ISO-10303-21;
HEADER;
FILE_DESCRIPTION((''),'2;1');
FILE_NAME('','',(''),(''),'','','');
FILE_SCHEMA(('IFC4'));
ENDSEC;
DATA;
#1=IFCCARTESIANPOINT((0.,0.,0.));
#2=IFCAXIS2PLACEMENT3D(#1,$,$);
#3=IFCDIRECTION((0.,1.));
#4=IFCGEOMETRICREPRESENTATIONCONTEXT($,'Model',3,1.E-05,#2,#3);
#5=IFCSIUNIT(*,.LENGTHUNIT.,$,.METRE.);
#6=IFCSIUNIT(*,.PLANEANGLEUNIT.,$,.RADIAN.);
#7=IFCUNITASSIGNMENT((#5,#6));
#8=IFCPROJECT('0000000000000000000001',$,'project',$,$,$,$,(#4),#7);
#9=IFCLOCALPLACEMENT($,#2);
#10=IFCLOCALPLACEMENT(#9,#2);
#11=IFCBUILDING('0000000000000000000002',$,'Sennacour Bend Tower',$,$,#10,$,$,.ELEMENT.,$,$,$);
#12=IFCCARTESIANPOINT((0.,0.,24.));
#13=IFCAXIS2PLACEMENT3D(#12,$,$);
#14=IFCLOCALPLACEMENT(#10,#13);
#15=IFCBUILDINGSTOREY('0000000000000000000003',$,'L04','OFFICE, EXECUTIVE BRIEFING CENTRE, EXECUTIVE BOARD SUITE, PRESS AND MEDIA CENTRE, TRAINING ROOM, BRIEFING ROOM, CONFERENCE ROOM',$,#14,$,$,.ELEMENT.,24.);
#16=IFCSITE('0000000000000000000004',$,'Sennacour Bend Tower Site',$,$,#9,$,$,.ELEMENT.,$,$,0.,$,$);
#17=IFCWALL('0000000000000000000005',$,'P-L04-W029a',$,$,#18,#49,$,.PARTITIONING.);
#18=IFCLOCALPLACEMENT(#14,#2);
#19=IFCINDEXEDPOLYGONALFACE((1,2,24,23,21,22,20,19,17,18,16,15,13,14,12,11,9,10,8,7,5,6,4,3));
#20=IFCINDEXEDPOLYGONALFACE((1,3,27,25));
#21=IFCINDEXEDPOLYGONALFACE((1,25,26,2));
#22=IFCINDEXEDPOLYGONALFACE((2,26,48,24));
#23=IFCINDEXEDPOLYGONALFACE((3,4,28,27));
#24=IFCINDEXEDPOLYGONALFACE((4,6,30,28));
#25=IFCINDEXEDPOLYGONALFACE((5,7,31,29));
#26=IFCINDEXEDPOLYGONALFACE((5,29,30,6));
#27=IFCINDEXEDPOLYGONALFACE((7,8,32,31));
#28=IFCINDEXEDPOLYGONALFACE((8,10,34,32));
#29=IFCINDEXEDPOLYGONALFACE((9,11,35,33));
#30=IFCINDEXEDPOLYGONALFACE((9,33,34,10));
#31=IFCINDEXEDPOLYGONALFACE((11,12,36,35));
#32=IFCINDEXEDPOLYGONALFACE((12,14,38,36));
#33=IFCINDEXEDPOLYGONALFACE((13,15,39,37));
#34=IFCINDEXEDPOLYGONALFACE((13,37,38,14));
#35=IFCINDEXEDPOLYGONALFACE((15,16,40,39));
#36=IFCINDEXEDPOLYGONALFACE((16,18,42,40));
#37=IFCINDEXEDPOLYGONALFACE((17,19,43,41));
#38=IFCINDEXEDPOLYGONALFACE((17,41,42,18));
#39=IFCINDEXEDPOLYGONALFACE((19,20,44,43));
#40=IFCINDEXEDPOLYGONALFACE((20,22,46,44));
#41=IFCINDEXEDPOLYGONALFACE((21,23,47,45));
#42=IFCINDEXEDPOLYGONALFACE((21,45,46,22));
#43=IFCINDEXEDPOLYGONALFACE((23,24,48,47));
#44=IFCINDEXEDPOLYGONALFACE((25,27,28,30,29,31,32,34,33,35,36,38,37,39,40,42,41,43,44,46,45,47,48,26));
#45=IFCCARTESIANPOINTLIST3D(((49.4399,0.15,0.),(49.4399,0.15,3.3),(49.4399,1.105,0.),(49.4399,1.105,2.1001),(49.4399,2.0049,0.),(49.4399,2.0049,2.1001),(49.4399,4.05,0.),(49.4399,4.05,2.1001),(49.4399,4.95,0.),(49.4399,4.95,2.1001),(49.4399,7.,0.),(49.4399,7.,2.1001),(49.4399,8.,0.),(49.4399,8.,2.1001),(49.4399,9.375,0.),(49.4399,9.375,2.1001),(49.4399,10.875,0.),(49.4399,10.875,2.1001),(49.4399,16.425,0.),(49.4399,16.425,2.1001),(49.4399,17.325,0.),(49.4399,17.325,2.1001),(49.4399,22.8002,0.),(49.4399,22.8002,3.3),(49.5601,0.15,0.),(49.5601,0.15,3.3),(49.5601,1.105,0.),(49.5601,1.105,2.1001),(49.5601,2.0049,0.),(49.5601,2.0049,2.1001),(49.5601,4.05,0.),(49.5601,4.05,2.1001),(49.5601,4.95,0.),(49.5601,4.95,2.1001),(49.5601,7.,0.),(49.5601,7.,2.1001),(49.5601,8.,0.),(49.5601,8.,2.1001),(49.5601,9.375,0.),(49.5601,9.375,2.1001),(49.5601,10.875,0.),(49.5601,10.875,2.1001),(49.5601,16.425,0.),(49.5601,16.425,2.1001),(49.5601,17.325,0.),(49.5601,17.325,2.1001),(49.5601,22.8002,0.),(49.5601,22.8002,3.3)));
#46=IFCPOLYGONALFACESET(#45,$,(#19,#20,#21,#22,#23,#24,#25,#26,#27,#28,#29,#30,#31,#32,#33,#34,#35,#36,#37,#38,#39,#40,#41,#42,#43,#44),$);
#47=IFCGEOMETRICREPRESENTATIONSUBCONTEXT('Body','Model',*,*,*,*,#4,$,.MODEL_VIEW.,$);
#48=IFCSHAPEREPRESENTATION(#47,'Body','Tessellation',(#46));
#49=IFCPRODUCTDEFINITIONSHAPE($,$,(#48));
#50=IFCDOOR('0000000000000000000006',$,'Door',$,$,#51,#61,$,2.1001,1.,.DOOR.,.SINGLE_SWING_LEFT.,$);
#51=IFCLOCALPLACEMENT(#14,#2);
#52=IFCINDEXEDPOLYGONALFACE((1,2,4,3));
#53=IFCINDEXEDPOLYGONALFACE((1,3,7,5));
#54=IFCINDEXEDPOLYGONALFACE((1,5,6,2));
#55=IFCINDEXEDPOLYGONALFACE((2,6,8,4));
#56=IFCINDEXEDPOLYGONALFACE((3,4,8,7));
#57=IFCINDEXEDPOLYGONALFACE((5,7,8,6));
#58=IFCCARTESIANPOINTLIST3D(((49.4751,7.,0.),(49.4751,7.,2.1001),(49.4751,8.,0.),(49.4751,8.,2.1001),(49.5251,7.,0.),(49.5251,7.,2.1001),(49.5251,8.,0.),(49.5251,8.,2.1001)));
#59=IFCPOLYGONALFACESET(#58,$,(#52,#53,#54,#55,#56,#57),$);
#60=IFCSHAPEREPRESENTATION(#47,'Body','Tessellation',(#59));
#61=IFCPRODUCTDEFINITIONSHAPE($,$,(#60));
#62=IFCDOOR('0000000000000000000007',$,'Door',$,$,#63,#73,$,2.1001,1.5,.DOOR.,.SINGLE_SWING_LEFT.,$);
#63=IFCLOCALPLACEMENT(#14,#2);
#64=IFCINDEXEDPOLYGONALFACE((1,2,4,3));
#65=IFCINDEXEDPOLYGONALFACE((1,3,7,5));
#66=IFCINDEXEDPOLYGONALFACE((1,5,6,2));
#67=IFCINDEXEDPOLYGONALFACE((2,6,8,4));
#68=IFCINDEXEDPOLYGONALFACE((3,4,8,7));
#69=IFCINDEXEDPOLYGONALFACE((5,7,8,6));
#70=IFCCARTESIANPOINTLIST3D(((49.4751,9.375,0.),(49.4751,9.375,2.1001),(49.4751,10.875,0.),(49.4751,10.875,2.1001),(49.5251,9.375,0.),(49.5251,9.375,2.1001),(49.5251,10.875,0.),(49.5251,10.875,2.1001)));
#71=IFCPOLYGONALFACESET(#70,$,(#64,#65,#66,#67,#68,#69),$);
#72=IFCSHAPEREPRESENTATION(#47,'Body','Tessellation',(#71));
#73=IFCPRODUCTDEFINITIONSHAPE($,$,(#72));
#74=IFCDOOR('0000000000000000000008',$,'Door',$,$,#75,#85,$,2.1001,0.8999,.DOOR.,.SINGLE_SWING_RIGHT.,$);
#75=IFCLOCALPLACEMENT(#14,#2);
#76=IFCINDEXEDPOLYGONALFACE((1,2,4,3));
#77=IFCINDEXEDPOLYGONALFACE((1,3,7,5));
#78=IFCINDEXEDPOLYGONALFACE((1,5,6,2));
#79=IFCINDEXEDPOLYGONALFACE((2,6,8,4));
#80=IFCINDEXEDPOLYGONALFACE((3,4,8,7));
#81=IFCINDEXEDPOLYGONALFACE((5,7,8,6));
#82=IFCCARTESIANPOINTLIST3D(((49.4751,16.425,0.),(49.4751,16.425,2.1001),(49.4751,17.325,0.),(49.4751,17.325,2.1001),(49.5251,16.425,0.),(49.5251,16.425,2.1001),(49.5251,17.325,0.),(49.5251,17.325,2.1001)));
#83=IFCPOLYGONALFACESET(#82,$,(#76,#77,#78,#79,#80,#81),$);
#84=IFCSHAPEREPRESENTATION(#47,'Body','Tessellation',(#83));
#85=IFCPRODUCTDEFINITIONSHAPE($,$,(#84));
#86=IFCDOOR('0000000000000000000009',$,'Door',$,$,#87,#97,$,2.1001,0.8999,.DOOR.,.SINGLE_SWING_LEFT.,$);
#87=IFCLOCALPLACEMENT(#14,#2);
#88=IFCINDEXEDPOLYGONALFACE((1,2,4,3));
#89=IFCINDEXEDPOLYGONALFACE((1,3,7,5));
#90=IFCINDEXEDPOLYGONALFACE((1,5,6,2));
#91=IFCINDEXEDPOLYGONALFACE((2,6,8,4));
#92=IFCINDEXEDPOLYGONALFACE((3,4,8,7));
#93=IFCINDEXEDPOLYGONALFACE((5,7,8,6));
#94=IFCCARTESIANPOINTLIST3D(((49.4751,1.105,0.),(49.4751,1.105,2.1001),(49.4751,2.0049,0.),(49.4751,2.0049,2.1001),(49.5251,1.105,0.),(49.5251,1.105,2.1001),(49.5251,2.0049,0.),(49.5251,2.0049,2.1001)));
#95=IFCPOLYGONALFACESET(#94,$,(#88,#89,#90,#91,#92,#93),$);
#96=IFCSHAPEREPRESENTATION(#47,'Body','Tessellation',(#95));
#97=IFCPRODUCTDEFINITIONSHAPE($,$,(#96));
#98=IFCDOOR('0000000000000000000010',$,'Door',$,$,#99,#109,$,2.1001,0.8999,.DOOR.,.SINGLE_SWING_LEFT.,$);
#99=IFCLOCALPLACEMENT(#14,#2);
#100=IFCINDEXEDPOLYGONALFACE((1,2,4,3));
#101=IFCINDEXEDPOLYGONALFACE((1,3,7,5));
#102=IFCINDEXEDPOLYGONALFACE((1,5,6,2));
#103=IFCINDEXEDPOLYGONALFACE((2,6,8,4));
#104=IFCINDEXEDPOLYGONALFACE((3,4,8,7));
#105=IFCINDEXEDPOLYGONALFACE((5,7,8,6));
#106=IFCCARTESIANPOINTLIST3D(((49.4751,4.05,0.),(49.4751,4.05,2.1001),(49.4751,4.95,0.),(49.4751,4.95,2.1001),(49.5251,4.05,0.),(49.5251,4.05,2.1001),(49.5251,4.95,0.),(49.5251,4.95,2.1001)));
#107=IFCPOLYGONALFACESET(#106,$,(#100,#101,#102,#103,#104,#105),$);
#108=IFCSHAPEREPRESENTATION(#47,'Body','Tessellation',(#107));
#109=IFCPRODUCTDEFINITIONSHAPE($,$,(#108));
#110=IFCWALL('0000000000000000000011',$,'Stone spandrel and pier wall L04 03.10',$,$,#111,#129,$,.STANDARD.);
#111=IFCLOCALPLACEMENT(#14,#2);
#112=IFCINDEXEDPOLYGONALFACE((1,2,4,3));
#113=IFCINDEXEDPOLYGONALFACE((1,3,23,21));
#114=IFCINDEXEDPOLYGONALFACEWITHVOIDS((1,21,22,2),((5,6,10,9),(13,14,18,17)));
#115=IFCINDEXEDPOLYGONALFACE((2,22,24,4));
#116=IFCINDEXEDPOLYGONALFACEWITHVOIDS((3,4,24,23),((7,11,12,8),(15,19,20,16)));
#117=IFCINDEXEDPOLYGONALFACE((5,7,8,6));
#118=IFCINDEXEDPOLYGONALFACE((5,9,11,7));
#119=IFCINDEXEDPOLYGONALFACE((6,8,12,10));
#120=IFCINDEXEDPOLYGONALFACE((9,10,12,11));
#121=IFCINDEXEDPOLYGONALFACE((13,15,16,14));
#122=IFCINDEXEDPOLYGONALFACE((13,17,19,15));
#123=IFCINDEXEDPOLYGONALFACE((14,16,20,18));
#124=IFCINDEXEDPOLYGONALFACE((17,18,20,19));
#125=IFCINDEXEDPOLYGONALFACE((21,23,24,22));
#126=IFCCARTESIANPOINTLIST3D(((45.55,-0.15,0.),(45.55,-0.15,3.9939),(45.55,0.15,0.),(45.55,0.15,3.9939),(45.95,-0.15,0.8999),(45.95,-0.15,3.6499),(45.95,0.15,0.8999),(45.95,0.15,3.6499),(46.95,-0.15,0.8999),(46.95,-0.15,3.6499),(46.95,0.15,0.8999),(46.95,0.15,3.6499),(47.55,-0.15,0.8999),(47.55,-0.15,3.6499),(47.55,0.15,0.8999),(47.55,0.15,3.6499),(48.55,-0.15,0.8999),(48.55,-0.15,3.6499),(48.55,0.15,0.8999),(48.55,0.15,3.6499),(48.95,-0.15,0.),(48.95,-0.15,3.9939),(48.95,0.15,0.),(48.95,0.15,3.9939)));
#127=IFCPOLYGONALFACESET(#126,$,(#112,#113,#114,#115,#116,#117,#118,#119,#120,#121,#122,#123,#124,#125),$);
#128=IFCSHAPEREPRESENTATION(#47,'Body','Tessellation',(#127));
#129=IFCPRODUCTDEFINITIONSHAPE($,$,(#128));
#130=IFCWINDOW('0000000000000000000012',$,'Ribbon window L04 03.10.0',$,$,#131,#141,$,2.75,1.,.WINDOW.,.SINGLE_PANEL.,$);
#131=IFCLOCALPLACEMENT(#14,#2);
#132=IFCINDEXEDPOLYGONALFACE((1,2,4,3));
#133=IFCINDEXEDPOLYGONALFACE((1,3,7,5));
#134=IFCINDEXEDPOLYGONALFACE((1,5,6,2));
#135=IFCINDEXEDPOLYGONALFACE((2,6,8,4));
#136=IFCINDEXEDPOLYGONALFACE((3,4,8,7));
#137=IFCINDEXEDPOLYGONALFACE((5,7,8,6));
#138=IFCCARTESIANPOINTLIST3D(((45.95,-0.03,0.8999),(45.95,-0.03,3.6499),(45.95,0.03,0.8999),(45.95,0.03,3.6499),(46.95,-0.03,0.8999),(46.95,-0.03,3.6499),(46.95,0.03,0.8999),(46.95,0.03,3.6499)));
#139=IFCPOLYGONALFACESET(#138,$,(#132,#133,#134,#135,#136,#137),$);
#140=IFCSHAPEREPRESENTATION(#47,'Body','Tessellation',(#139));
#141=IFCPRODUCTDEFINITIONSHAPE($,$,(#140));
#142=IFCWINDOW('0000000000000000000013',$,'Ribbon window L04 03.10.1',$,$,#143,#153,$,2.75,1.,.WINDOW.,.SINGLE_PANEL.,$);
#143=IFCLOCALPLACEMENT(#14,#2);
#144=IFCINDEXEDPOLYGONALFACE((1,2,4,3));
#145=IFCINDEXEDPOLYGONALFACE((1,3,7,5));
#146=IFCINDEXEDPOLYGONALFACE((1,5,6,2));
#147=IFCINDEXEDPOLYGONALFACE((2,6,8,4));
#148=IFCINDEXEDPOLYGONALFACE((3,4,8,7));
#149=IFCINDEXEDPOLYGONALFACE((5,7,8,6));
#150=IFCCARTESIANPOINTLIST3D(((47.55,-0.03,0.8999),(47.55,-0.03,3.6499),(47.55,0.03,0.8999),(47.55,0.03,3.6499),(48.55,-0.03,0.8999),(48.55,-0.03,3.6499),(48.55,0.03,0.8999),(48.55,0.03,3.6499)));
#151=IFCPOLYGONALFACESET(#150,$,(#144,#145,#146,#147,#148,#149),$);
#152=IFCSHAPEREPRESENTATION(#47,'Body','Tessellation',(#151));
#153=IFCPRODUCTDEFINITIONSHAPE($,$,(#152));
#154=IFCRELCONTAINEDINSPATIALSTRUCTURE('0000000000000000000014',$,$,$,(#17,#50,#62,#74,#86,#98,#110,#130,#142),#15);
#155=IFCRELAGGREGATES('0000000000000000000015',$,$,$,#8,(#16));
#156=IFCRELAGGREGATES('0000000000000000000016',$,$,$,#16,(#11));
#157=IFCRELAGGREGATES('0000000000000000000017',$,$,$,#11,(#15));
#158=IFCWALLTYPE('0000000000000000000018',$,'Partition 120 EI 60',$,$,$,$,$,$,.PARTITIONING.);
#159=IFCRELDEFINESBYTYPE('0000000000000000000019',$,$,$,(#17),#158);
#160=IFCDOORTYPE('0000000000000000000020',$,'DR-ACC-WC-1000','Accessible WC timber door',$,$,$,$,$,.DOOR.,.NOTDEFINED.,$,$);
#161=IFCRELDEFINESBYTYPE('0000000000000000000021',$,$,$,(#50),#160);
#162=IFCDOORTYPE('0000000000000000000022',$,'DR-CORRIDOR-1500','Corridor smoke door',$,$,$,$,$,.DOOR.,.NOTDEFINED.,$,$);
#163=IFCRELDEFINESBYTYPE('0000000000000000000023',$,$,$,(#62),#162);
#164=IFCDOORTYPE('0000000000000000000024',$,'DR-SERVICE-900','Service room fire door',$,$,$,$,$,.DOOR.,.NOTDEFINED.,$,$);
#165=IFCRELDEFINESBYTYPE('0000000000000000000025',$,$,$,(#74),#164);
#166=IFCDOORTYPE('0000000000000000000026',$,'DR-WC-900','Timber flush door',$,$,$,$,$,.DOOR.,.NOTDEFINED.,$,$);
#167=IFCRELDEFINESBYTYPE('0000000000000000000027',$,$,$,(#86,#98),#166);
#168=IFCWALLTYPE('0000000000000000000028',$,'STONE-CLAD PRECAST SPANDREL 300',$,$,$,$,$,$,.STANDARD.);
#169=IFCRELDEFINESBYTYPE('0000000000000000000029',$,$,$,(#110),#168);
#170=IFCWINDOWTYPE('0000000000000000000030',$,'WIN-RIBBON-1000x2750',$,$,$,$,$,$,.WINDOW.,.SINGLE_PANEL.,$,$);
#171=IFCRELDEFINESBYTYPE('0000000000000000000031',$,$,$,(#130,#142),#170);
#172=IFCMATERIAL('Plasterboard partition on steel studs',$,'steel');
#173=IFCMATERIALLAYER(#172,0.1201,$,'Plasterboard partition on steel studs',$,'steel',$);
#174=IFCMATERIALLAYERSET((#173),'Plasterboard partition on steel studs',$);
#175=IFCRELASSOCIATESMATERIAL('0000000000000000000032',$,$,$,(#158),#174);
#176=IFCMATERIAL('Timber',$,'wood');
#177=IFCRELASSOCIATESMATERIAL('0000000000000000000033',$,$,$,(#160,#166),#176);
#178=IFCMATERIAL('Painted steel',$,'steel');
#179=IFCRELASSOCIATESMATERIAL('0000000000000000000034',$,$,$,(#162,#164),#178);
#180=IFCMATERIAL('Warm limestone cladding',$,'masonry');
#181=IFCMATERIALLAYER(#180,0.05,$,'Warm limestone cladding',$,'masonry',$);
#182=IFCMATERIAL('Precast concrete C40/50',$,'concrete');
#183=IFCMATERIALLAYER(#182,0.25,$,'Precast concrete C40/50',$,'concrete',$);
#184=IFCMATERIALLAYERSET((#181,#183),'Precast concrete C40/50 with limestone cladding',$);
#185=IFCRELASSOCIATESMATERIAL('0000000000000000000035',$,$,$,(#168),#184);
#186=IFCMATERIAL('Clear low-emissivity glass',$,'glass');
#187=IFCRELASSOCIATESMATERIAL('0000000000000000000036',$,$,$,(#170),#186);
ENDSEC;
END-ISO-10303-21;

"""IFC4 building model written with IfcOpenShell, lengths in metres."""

from ifc_helpers import new_model, si_unit, direction, frame, frame_2d, origin, place, context, subcontext, project, spatial, rectangle, extrude, material, layer, layer_set, type_object, element, fill, save


model = new_model("IFC4")

# Units and contexts
model_context = context("Model", 3, precision=1e-05, world=origin(), true_north=direction((0.0, 1.0)))
body_context = subcontext(model_context, "Body", "Model", "MODEL_VIEW")
ifc_project = project(units=[si_unit("LENGTHUNIT", "METRE"), si_unit("PLANEANGLEUNIT", "RADIAN")], contexts=[model_context])

# Site, building, storey
site_placement = place(None, origin())
site = spatial("IfcSite", under=ifc_project, at=site_placement, Name="Sennacour Bend Tower Site", CompositionType="ELEMENT", RefElevation=0.0)
building_placement = place(site_placement, origin())
building = spatial("IfcBuilding", under=site, at=building_placement, Name="Sennacour Bend Tower", CompositionType="ELEMENT")
storey_placement = place(building_placement, frame((0.0, 0.0, 24.0)))
storey = spatial("IfcBuildingStorey", under=building, at=storey_placement, Name="L04", Description="OFFICE, EXECUTIVE BRIEFING CENTRE, EXECUTIVE BOARD SUITE, PRESS AND MEDIA CENTRE, TRAINING ROOM, BRIEFING ROOM, CONFERENCE ROOM", CompositionType="ELEMENT", Elevation=24.0)

# Wall, openings, doors
ifc_material_1 = material(Name="Painted steel", Category="steel")
ifc_material_2 = material(Name="Plasterboard partition on steel studs", Category="steel")
ifc_layer_1 = layer(ifc_material_2, 0.1201, Name="Plasterboard partition on steel studs", Category="steel")
ifc_layer_set_1 = layer_set([ifc_layer_1], Name="Plasterboard partition on steel studs")
wall_type_1 = type_object("IfcWallType", Name="Partition 120 EI 60", PredefinedType="PARTITIONING", material=ifc_layer_set_1)
wall_1_placement = place(storey_placement, frame((49.5, 0.1499, 0.0), z_axis=(0.0, 0.0, 1.0), x_axis=(0.0, 1.0, 0.0)))
wall_1 = element("IfcWall", 1, at=wall_1_placement, inside=storey, type_object=wall_type_1, Name="P-L04-W029a", PredefinedType="PARTITIONING", context=body_context, shape_type="SweptSolid", body=[
    extrude(rectangle(XDim=22.6501, YDim=0.1201, at=frame_2d((11.3252, 0.0))), origin(), (0.0, 0.0, 1.0), 3.3),
])
opening_1_placement = place(wall_1_placement, frame((0.9551, 0.0, 0.0)))
opening_1 = element("IfcOpeningElement", 2, at=opening_1_placement, cuts=wall_1, PredefinedType="OPENING", context=body_context, shape_type="SweptSolid", body=[
    extrude(rectangle(XDim=0.8999, YDim=2.1001, at=frame_2d((0.45, 1.05))), frame((0.0, 0.0701, 0.0), z_axis=(0.0, -1.0, 0.0), x_axis=(1.0, 0.0, 0.0)), (0.0, 0.0, 1.0), 0.1401),
])
opening_2_placement = place(wall_1_placement, frame((3.9001, 0.0, 0.0)))
opening_2 = element("IfcOpeningElement", 3, at=opening_2_placement, cuts=wall_1, PredefinedType="OPENING", context=body_context, shape_type="SweptSolid", body=[
    extrude(rectangle(XDim=0.8999, YDim=2.1001, at=frame_2d((0.45, 1.05))), frame((0.0, 0.0701, 0.0), z_axis=(0.0, -1.0, 0.0), x_axis=(1.0, 0.0, 0.0)), (0.0, 0.0, 1.0), 0.1401),
])
opening_3_placement = place(wall_1_placement, frame((6.8501, 0.0, 0.0)))
opening_3 = element("IfcOpeningElement", 4, at=opening_3_placement, cuts=wall_1, PredefinedType="OPENING", context=body_context, shape_type="SweptSolid", body=[
    extrude(rectangle(XDim=1.0, YDim=2.1001, at=frame_2d((0.5, 1.05))), frame((0.0, 0.0701, 0.0), z_axis=(0.0, -1.0, 0.0), x_axis=(1.0, 0.0, 0.0)), (0.0, 0.0, 1.0), 0.1401),
])
opening_4_placement = place(wall_1_placement, frame((16.2751, 0.0, 0.0)))
opening_4 = element("IfcOpeningElement", 5, at=opening_4_placement, cuts=wall_1, PredefinedType="OPENING", context=body_context, shape_type="SweptSolid", body=[
    extrude(rectangle(XDim=0.8999, YDim=2.1001, at=frame_2d((0.45, 1.05))), frame((0.0, 0.0701, 0.0), z_axis=(0.0, -1.0, 0.0), x_axis=(1.0, 0.0, 0.0)), (0.0, 0.0, 1.0), 0.1401),
])
opening_5_placement = place(wall_1_placement, frame((9.2251, 0.0, 0.0)))
opening_5 = element("IfcOpeningElement", 6, at=opening_5_placement, cuts=wall_1, PredefinedType="OPENING", context=body_context, shape_type="SweptSolid", body=[
    extrude(rectangle(XDim=1.5, YDim=2.1001, at=frame_2d((0.75, 1.05))), frame((0.0, 0.0701, 0.0), z_axis=(0.0, -1.0, 0.0), x_axis=(1.0, 0.0, 0.0)), (0.0, 0.0, 1.0), 0.1401),
])
ifc_material_3 = material(Name="Timber", Category="wood")
door_type_1 = type_object("IfcDoorType", Name="DR-ACC-WC-1000", Description="Accessible WC timber door", OperationType="NOTDEFINED", PredefinedType="DOOR", material=ifc_material_3)
door_1_placement = place(opening_3_placement, origin())
door_1 = element("IfcDoor", 7, at=door_1_placement, inside=storey, type_object=door_type_1, Name="Door", OperationType="SINGLE_SWING_LEFT", OverallHeight=2.1001, OverallWidth=1.0, PredefinedType="DOOR", context=body_context, shape_type="SweptSolid", body=[
    extrude(rectangle(XDim=1.0, YDim=2.1001, at=frame_2d((0.5, 1.05))), frame((0.0, 0.0249, 0.0), z_axis=(0.0, -1.0, 0.0), x_axis=(1.0, 0.0, 0.0)), (0.0, 0.0, 1.0), 0.05),
])
fill(opening_3, door_1)
door_type_2 = type_object("IfcDoorType", Name="DR-CORRIDOR-1500", Description="Corridor smoke door", OperationType="NOTDEFINED", PredefinedType="DOOR", material=ifc_material_1)
door_2_placement = place(opening_5_placement, origin())
door_2 = element("IfcDoor", 8, at=door_2_placement, inside=storey, type_object=door_type_2, Name="Door", OperationType="SINGLE_SWING_LEFT", OverallHeight=2.1001, OverallWidth=1.5, PredefinedType="DOOR", context=body_context, shape_type="SweptSolid", body=[
    extrude(rectangle(XDim=1.5, YDim=2.1001, at=frame_2d((0.75, 1.05))), frame((0.0, 0.0249, 0.0), z_axis=(0.0, -1.0, 0.0), x_axis=(1.0, 0.0, 0.0)), (0.0, 0.0, 1.0), 0.05),
])
fill(opening_5, door_2)
door_type_3 = type_object("IfcDoorType", Name="DR-SERVICE-900", Description="Service room fire door", OperationType="NOTDEFINED", PredefinedType="DOOR", material=ifc_material_1)
door_3_placement = place(opening_4_placement, origin())
door_3 = element("IfcDoor", 9, at=door_3_placement, inside=storey, type_object=door_type_3, Name="Door", OperationType="SINGLE_SWING_RIGHT", OverallHeight=2.1001, OverallWidth=0.8999, PredefinedType="DOOR", context=body_context, shape_type="SweptSolid", body=[
    extrude(rectangle(XDim=0.8999, YDim=2.1001, at=frame_2d((0.45, 1.05))), frame((0.0, 0.0249, 0.0), z_axis=(0.0, -1.0, 0.0), x_axis=(1.0, 0.0, 0.0)), (0.0, 0.0, 1.0), 0.05),
])
fill(opening_4, door_3)
door_type_4 = type_object("IfcDoorType", Name="DR-WC-900", Description="Timber flush door", OperationType="NOTDEFINED", PredefinedType="DOOR", material=ifc_material_3)
door_4_placement = place(opening_1_placement, origin())
door_4 = element("IfcDoor", 10, at=door_4_placement, inside=storey, type_object=door_type_4, Name="Door", OperationType="SINGLE_SWING_LEFT", OverallHeight=2.1001, OverallWidth=0.8999, PredefinedType="DOOR", context=body_context, shape_type="SweptSolid", body=[
    extrude(rectangle(XDim=0.8999, YDim=2.1001, at=frame_2d((0.45, 1.05))), frame((0.0, 0.0249, 0.0), z_axis=(0.0, -1.0, 0.0), x_axis=(1.0, 0.0, 0.0)), (0.0, 0.0, 1.0), 0.05),
])
fill(opening_1, door_4)
door_5_placement = place(opening_2_placement, origin())
door_5 = element("IfcDoor", 11, at=door_5_placement, inside=storey, type_object=door_type_4, Name="Door", OperationType="SINGLE_SWING_LEFT", OverallHeight=2.1001, OverallWidth=0.8999, PredefinedType="DOOR", context=body_context, shape_type="SweptSolid", body=[
    extrude(rectangle(XDim=0.8999, YDim=2.1001, at=frame_2d((0.45, 1.05))), frame((0.0, 0.0249, 0.0), z_axis=(0.0, -1.0, 0.0), x_axis=(1.0, 0.0, 0.0)), (0.0, 0.0, 1.0), 0.05),
])
fill(opening_2, door_5)

# Wall, openings, windows
ifc_material_4 = material(Name="Warm limestone cladding", Category="masonry")
ifc_layer_2 = layer(ifc_material_4, 0.05, Name="Warm limestone cladding", Category="masonry")
ifc_material_5 = material(Name="Precast concrete C40/50", Category="concrete")
ifc_layer_3 = layer(ifc_material_5, 0.25, Name="Precast concrete C40/50", Category="concrete")
ifc_layer_set_2 = layer_set([ifc_layer_2, ifc_layer_3], Name="Precast concrete C40/50 with limestone cladding")
wall_type_2 = type_object("IfcWallType", Name="STONE-CLAD PRECAST SPANDREL 300", PredefinedType="STANDARD", material=ifc_layer_set_2)
wall_2_placement = place(storey_placement, frame((45.55, 0.0, 0.0), z_axis=(0.0, 0.0, 1.0), x_axis=(1.0, 0.0, 0.0)))
wall_2 = element("IfcWall", 12, at=wall_2_placement, inside=storey, type_object=wall_type_2, Name="Stone spandrel and pier wall L04 03.10", PredefinedType="STANDARD", context=body_context, shape_type="SweptSolid", body=[
    extrude(rectangle(XDim=3.3999, YDim=0.3, at=frame_2d((1.7, 0.0))), origin(), (0.0, 0.0, 1.0), 3.9939),
])
opening_6_placement = place(wall_2_placement, frame((0.3999, 0.0, 0.8999)))
opening_6 = element("IfcOpeningElement", 13, at=opening_6_placement, cuts=wall_2, PredefinedType="OPENING", context=body_context, shape_type="SweptSolid", body=[
    extrude(rectangle(XDim=1.0, YDim=2.75, at=frame_2d((0.5, 1.375))), frame((0.0, 0.1602, 0.0), z_axis=(0.0, -1.0, 0.0), x_axis=(1.0, 0.0, 0.0)), (0.0, 0.0, 1.0), 0.3201),
])
opening_7_placement = place(wall_2_placement, frame((2.0, 0.0, 0.8999)))
opening_7 = element("IfcOpeningElement", 14, at=opening_7_placement, cuts=wall_2, PredefinedType="OPENING", context=body_context, shape_type="SweptSolid", body=[
    extrude(rectangle(XDim=1.0, YDim=2.75, at=frame_2d((0.5, 1.375))), frame((0.0, 0.1602, 0.0), z_axis=(0.0, -1.0, 0.0), x_axis=(1.0, 0.0, 0.0)), (0.0, 0.0, 1.0), 0.3201),
])
ifc_material_6 = material(Name="Clear low-emissivity glass", Category="glass")
window_type_1 = type_object("IfcWindowType", Name="WIN-RIBBON-1000x2750", PartitioningType="SINGLE_PANEL", PredefinedType="WINDOW", material=ifc_material_6)
window_1_placement = place(opening_6_placement, origin())
window_1 = element("IfcWindow", 15, at=window_1_placement, inside=storey, type_object=window_type_1, Name="Ribbon window L04 03.10.0", OverallHeight=2.75, OverallWidth=1.0, PartitioningType="SINGLE_PANEL", PredefinedType="WINDOW", context=body_context, shape_type="SweptSolid", body=[
    extrude(rectangle(XDim=1.0, YDim=2.75, at=frame_2d((0.5, 1.375))), frame((0.0, 0.03, 0.0), z_axis=(0.0, -1.0, 0.0), x_axis=(1.0, 0.0, 0.0)), (0.0, 0.0, 1.0), 0.0601),
])
fill(opening_6, window_1)
window_2_placement = place(opening_7_placement, origin())
window_2 = element("IfcWindow", 16, at=window_2_placement, inside=storey, type_object=window_type_1, Name="Ribbon window L04 03.10.1", OverallHeight=2.75, OverallWidth=1.0, PartitioningType="SINGLE_PANEL", PredefinedType="WINDOW", context=body_context, shape_type="SweptSolid", body=[
    extrude(rectangle(XDim=1.0, YDim=2.75, at=frame_2d((0.5, 1.375))), frame((0.0, 0.03, 0.0), z_axis=(0.0, -1.0, 0.0), x_axis=(1.0, 0.0, 0.0)), (0.0, 0.0, 1.0), 0.0601),
])
fill(opening_7, window_2)

save(model, "model.ifc")
